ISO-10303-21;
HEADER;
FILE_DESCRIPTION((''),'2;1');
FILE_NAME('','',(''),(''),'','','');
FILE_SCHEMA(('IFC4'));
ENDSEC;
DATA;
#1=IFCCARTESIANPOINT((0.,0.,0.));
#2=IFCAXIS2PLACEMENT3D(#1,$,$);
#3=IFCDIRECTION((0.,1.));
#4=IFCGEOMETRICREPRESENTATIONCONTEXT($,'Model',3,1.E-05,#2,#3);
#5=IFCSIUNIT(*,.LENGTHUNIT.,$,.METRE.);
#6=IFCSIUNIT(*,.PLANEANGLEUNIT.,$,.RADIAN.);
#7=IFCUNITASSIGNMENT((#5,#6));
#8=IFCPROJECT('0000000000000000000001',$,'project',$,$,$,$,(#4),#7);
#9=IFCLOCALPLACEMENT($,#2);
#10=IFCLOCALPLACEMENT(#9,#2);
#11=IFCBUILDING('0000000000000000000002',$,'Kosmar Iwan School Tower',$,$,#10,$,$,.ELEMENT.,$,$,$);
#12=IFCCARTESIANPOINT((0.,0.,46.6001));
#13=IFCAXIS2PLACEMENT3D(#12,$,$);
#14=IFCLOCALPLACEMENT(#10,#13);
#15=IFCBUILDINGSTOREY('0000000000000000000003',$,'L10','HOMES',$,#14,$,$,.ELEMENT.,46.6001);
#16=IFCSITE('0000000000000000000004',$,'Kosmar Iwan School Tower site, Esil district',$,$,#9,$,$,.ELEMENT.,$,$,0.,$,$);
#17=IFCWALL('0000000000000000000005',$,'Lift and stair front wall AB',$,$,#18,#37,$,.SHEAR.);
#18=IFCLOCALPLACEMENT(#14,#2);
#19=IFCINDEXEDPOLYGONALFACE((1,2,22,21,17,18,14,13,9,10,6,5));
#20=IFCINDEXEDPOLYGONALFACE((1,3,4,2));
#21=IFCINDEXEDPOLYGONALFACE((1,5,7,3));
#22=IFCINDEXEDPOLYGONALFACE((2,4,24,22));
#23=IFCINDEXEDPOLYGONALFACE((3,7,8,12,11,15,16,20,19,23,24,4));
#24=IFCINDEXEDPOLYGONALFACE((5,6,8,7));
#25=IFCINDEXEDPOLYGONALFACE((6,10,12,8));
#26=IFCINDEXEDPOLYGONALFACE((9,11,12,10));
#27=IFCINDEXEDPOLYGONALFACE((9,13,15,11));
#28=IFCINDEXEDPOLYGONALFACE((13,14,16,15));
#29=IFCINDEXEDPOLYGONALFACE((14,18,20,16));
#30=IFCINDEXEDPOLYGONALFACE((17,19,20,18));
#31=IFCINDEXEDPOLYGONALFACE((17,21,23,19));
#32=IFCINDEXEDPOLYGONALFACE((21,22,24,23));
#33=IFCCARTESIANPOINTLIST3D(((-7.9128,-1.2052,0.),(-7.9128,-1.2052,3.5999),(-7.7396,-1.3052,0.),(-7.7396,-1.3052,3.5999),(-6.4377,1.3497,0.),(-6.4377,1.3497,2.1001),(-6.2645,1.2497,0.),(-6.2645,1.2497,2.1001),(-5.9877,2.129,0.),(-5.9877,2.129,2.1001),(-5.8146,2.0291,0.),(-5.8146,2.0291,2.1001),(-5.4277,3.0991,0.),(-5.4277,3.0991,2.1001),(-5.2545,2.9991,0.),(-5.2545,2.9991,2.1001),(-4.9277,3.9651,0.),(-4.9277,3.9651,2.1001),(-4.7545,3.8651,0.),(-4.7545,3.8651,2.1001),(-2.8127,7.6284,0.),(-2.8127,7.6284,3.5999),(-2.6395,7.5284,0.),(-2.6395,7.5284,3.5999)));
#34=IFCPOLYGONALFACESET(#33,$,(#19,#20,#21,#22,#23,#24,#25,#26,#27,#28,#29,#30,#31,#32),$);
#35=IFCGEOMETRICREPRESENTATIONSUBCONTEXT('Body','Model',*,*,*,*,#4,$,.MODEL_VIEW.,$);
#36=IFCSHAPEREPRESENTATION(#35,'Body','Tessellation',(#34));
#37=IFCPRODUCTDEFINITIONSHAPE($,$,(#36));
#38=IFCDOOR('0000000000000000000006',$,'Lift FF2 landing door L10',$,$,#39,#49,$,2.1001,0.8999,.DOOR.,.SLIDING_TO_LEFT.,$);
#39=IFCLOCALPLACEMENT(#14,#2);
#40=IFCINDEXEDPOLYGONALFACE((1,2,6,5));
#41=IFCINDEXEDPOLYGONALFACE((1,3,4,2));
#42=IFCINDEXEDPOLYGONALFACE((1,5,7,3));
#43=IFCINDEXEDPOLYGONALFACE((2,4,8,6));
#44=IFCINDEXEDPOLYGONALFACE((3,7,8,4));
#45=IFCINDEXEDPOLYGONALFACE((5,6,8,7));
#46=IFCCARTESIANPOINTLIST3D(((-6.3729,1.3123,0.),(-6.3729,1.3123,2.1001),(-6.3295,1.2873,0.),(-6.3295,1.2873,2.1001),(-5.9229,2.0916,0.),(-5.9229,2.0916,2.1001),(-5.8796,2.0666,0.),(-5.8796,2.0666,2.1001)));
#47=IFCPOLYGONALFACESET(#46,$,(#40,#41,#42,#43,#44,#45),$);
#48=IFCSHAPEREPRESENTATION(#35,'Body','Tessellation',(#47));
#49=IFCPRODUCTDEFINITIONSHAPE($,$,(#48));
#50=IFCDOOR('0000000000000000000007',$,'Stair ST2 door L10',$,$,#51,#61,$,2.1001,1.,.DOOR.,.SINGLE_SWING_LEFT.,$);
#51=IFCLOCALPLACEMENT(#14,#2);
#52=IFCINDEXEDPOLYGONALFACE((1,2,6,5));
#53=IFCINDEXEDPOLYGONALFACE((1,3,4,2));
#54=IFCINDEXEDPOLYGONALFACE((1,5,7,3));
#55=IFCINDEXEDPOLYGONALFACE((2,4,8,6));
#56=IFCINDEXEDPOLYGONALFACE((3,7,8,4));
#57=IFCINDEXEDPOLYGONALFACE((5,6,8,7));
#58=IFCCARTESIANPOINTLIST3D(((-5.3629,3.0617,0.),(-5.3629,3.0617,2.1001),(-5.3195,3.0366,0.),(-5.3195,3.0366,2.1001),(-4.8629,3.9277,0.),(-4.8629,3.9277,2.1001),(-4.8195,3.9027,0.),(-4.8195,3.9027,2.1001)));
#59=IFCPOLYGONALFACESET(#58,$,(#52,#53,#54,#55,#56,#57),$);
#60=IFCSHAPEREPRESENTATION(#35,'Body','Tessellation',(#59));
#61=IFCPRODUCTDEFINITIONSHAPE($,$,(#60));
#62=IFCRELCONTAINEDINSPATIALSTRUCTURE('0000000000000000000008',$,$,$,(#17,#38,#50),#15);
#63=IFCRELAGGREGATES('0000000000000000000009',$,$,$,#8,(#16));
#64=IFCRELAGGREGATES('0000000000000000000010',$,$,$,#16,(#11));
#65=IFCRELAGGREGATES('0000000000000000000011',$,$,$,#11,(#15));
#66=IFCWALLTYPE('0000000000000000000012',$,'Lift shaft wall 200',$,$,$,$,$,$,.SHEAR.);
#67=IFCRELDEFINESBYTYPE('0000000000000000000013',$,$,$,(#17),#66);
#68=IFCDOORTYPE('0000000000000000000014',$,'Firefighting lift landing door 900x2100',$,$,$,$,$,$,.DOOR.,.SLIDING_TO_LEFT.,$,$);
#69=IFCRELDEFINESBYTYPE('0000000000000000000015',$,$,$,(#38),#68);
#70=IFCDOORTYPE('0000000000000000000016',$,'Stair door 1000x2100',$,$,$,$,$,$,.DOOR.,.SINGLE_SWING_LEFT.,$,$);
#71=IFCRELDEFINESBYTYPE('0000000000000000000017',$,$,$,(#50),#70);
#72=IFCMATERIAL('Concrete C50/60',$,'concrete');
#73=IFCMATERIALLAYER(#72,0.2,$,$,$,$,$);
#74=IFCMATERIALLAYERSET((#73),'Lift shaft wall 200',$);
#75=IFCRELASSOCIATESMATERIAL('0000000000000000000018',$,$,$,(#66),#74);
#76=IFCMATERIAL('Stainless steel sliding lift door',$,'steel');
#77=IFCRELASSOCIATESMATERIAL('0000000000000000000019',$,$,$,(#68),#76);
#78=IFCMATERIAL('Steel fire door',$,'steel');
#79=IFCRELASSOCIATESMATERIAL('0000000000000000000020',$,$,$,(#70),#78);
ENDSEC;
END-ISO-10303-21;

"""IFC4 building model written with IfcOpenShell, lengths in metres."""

from ifc_helpers import new_model, si_unit, direction, frame, frame_2d, origin, place, context, subcontext, project, spatial, rectangle, extrude, material, layer, layer_set, type_object, element, fill, save


model = new_model("IFC4")

# Units and contexts
model_context = context("Model", 3, precision=1e-05, world=origin(), true_north=direction((0.0, 1.0)))
body_context = subcontext(model_context, "Body", "Model", "MODEL_VIEW")
ifc_project = project(units=[si_unit("LENGTHUNIT", "METRE"), si_unit("PLANEANGLEUNIT", "RADIAN")], contexts=[model_context])

# Site, building, storey
site_placement = place(None, origin())
site = spatial("IfcSite", under=ifc_project, at=site_placement, Name="Kosmar Iwan School Tower site, Esil district", CompositionType="ELEMENT", RefElevation=0.0)
building_placement = place(site_placement, origin())
building = spatial("IfcBuilding", under=site, at=building_placement, Name="Kosmar Iwan School Tower", CompositionType="ELEMENT")
storey_placement = place(building_placement, frame((0.0, 0.0, 46.6001)))
storey = spatial("IfcBuildingStorey", under=building, at=storey_placement, Name="L10", Description="HOMES", CompositionType="ELEMENT", Elevation=46.6001)

# Wall, openings, doors
ifc_material_1 = material(Name="Concrete C50/60", Category="concrete")
ifc_layer_1 = layer(ifc_material_1, 0.2)
ifc_layer_set_1 = layer_set([ifc_layer_1], Name="Lift shaft wall 200")
wall_type_1 = type_object("IfcWallType", Name="Lift shaft wall 200", PredefinedType="SHEAR", material=ifc_layer_set_1)
wall_1_placement = place(storey_placement, frame((-2.7261, 7.5784, 0.0), z_axis=(0.0, 0.0, 1.0), x_axis=(-0.500006, -0.866022, 0.0)))
wall_1 = element("IfcWall", 1, at=wall_1_placement, inside=storey, type_object=wall_type_1, Name="Lift and stair front wall AB", PredefinedType="SHEAR", context=body_context, shape_type="SweptSolid", body=[
    extrude(rectangle(XDim=10.2002, YDim=0.2, at=frame_2d((5.1001, 0.0))), origin(), (0.0, 0.0, 1.0), 3.5999),
])
opening_1_placement = place(wall_1_placement, frame((6.3501, 0.0, 0.0)))
opening_1 = element("IfcOpeningElement", 2, at=opening_1_placement, cuts=wall_1, PredefinedType="OPENING", context=body_context, shape_type="SweptSolid", body=[
    extrude(rectangle(XDim=0.8999, YDim=2.1001, at=frame_2d((0.45, 1.05))), frame((0.0, 0.1121, 0.0), z_axis=(0.0, -1.0, 0.0), x_axis=(1.0, 0.0, 0.0)), (0.0, 0.0, 1.0), 0.2239),
])
opening_2_placement = place(wall_1_placement, frame((4.23, 0.0, 0.0)))
opening_2 = element("IfcOpeningElement", 3, at=opening_2_placement, cuts=wall_1, PredefinedType="OPENING", context=body_context, shape_type="SweptSolid", body=[
    extrude(rectangle(XDim=1.0, YDim=2.1001, at=frame_2d((0.5, 1.05))), frame((0.0, 0.1121, 0.0), z_axis=(0.0, -1.0, 0.0), x_axis=(1.0, 0.0, 0.0)), (0.0, 0.0, 1.0), 0.2239),
])
ifc_material_2 = material(Name="Stainless steel sliding lift door", Category="steel")
door_type_1 = type_object("IfcDoorType", Name="Firefighting lift landing door 900x2100", OperationType="SLIDING_TO_LEFT", PredefinedType="DOOR", material=ifc_material_2)
door_1_placement = place(opening_1_placement, origin())
door_1 = element("IfcDoor", 4, at=door_1_placement, inside=storey, type_object=door_type_1, Name="Lift FF2 landing door L10", OperationType="SLIDING_TO_LEFT", OverallHeight=2.1001, OverallWidth=0.8999, PredefinedType="DOOR", context=body_context, shape_type="SweptSolid", body=[
    extrude(rectangle(XDim=0.8999, YDim=2.1001, at=frame_2d((0.45, 1.05))), frame((0.0, 0.0249, 0.0), z_axis=(0.0, -1.0, 0.0), x_axis=(1.0, 0.0, 0.0)), (0.0, 0.0, 1.0), 0.05),
])
fill(opening_1, door_1)
ifc_material_3 = material(Name="Steel fire door", Category="steel")
door_type_2 = type_object("IfcDoorType", Name="Stair door 1000x2100", OperationType="SINGLE_SWING_LEFT", PredefinedType="DOOR", material=ifc_material_3)
door_2_placement = place(opening_2_placement, origin())
door_2 = element("IfcDoor", 5, at=door_2_placement, inside=storey, type_object=door_type_2, Name="Stair ST2 door L10", OperationType="SINGLE_SWING_LEFT", OverallHeight=2.1001, OverallWidth=1.0, PredefinedType="DOOR", context=body_context, shape_type="SweptSolid", body=[
    extrude(rectangle(XDim=1.0, YDim=2.1001, at=frame_2d((0.5, 1.05))), frame((0.0, 0.0249, 0.0), z_axis=(0.0, -1.0, 0.0), x_axis=(1.0, 0.0, 0.0)), (0.0, 0.0, 1.0), 0.05),
])
fill(opening_2, door_2)

save(model, "model.ifc")
